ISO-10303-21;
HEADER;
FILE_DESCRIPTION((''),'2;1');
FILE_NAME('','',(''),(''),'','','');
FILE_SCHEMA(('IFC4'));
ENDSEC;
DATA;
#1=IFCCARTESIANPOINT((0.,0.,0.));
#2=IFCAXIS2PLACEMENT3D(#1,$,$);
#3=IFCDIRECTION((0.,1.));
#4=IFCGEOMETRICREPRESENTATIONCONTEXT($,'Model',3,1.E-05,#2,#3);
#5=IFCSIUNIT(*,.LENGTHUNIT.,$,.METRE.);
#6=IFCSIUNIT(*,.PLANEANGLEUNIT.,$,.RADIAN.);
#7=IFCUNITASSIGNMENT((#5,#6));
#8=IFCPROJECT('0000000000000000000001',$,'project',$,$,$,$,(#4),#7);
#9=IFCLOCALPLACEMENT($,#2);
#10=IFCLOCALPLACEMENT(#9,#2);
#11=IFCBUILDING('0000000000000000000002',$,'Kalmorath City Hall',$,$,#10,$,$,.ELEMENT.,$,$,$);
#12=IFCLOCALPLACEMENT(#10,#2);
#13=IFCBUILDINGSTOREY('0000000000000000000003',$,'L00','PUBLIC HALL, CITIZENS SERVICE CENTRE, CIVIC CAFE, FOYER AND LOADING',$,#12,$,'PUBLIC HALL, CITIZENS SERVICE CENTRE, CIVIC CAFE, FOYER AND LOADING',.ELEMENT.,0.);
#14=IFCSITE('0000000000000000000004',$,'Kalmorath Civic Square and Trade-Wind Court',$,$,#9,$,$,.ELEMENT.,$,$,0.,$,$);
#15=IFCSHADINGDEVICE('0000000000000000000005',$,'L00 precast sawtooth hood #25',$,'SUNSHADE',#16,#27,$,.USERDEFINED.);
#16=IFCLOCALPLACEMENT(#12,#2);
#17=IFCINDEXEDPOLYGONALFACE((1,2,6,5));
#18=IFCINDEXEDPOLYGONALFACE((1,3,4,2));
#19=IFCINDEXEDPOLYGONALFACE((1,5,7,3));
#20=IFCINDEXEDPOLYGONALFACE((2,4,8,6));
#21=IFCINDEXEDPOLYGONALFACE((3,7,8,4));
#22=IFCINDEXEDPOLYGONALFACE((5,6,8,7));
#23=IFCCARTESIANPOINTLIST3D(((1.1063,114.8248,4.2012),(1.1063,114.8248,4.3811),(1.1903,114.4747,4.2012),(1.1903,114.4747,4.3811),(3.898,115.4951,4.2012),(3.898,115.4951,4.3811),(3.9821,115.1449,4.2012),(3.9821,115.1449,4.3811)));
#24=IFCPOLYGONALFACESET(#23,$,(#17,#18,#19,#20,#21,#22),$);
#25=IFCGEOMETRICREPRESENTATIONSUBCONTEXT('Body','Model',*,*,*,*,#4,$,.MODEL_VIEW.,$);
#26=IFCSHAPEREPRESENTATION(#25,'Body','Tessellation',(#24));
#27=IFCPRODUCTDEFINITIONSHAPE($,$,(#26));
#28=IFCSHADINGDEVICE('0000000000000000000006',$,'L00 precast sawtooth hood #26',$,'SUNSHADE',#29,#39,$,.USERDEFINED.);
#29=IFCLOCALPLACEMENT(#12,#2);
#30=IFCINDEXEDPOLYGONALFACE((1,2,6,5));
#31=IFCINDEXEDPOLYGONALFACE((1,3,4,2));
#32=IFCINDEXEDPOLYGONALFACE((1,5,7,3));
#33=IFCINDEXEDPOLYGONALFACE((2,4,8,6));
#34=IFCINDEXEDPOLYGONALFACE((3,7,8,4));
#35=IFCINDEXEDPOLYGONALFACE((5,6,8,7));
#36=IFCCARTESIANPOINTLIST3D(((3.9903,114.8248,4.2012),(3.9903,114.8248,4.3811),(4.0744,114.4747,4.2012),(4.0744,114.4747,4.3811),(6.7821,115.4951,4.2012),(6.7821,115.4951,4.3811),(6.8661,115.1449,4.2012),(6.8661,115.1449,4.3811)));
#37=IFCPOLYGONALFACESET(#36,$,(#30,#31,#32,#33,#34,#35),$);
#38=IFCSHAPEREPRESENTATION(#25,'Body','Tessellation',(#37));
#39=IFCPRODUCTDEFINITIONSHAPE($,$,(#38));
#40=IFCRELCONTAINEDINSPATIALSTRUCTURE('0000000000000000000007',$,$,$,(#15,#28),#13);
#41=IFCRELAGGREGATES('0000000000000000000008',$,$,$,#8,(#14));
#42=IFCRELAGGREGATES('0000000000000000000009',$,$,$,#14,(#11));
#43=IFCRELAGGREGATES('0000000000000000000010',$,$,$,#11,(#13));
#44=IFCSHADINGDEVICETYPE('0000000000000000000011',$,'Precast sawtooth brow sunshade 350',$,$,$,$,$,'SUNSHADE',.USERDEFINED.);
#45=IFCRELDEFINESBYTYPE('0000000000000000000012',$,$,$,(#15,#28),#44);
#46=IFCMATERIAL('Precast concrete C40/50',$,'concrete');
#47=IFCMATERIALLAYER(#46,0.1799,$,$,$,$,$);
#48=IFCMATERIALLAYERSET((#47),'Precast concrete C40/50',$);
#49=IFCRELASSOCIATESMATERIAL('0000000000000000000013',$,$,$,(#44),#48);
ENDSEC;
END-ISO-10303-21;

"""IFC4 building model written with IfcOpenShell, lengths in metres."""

from ifc_helpers import new_model, si_unit, direction, frame, origin, origin_2d, place, context, subcontext, project, spatial, rectangle, extrude, material, layer, layer_set, type_object, element, save


model = new_model("IFC4")

# Units and contexts
model_context = context("Model", 3, precision=1e-05, world=origin(), true_north=direction((0.0, 1.0)))
body_context = subcontext(model_context, "Body", "Model", "MODEL_VIEW")
ifc_project = project(units=[si_unit("LENGTHUNIT", "METRE"), si_unit("PLANEANGLEUNIT", "RADIAN")], contexts=[model_context])

# Site, building, storey
site_placement = place(None, origin())
site = spatial("IfcSite", under=ifc_project, at=site_placement, Name="Kalmorath Civic Square and Trade-Wind Court", CompositionType="ELEMENT", RefElevation=0.0)
building_placement = place(site_placement, origin())
building = spatial("IfcBuilding", under=site, at=building_placement, Name="Kalmorath City Hall", CompositionType="ELEMENT")
storey_placement = place(building_placement, origin())
storey = spatial("IfcBuildingStorey", under=building, at=storey_placement, Name="L00", Description="PUBLIC HALL, CITIZENS SERVICE CENTRE, CIVIC CAFE, FOYER AND LOADING", LongName="PUBLIC HALL, CITIZENS SERVICE CENTRE, CIVIC CAFE, FOYER AND LOADING", CompositionType="ELEMENT", Elevation=0.0)

# Shading devices
ifc_material_1 = material(Name="Precast concrete C40/50", Category="concrete")
ifc_layer_1 = layer(ifc_material_1, 0.1799)
ifc_layer_set_1 = layer_set([ifc_layer_1], Name="Precast concrete C40/50")
shading_device_type = type_object("IfcShadingDeviceType", Name="Precast sawtooth brow sunshade 350", ElementType="SUNSHADE", PredefinedType="USERDEFINED", material=ifc_layer_set_1)
for number, where, z_axis, x_axis, name in (
    (1, (2.5442, 114.9849, 4.2012), (0.0, 0.0, 1.0), (0.97237, 0.233445, 0.0), "L00 precast sawtooth hood #25"),
    (2, (5.4282, 114.9849, 4.2012), (0.0, 0.0, 1.0), (0.97237, 0.233445, 0.0), "L00 precast sawtooth hood #26"),
):
    element("IfcShadingDevice", number, at=place(storey_placement, frame(where, z_axis=z_axis, x_axis=x_axis)), inside=storey, type_object=shading_device_type, Name=name, ObjectType="SUNSHADE", PredefinedType="USERDEFINED", context=body_context, shape_type="SweptSolid", body=[
        extrude(rectangle(XDim=2.8711, YDim=0.3601, at=origin_2d()), origin(), (0.0, 0.0, 1.0), 0.1799),
    ])

save(model, "model.ifc")
